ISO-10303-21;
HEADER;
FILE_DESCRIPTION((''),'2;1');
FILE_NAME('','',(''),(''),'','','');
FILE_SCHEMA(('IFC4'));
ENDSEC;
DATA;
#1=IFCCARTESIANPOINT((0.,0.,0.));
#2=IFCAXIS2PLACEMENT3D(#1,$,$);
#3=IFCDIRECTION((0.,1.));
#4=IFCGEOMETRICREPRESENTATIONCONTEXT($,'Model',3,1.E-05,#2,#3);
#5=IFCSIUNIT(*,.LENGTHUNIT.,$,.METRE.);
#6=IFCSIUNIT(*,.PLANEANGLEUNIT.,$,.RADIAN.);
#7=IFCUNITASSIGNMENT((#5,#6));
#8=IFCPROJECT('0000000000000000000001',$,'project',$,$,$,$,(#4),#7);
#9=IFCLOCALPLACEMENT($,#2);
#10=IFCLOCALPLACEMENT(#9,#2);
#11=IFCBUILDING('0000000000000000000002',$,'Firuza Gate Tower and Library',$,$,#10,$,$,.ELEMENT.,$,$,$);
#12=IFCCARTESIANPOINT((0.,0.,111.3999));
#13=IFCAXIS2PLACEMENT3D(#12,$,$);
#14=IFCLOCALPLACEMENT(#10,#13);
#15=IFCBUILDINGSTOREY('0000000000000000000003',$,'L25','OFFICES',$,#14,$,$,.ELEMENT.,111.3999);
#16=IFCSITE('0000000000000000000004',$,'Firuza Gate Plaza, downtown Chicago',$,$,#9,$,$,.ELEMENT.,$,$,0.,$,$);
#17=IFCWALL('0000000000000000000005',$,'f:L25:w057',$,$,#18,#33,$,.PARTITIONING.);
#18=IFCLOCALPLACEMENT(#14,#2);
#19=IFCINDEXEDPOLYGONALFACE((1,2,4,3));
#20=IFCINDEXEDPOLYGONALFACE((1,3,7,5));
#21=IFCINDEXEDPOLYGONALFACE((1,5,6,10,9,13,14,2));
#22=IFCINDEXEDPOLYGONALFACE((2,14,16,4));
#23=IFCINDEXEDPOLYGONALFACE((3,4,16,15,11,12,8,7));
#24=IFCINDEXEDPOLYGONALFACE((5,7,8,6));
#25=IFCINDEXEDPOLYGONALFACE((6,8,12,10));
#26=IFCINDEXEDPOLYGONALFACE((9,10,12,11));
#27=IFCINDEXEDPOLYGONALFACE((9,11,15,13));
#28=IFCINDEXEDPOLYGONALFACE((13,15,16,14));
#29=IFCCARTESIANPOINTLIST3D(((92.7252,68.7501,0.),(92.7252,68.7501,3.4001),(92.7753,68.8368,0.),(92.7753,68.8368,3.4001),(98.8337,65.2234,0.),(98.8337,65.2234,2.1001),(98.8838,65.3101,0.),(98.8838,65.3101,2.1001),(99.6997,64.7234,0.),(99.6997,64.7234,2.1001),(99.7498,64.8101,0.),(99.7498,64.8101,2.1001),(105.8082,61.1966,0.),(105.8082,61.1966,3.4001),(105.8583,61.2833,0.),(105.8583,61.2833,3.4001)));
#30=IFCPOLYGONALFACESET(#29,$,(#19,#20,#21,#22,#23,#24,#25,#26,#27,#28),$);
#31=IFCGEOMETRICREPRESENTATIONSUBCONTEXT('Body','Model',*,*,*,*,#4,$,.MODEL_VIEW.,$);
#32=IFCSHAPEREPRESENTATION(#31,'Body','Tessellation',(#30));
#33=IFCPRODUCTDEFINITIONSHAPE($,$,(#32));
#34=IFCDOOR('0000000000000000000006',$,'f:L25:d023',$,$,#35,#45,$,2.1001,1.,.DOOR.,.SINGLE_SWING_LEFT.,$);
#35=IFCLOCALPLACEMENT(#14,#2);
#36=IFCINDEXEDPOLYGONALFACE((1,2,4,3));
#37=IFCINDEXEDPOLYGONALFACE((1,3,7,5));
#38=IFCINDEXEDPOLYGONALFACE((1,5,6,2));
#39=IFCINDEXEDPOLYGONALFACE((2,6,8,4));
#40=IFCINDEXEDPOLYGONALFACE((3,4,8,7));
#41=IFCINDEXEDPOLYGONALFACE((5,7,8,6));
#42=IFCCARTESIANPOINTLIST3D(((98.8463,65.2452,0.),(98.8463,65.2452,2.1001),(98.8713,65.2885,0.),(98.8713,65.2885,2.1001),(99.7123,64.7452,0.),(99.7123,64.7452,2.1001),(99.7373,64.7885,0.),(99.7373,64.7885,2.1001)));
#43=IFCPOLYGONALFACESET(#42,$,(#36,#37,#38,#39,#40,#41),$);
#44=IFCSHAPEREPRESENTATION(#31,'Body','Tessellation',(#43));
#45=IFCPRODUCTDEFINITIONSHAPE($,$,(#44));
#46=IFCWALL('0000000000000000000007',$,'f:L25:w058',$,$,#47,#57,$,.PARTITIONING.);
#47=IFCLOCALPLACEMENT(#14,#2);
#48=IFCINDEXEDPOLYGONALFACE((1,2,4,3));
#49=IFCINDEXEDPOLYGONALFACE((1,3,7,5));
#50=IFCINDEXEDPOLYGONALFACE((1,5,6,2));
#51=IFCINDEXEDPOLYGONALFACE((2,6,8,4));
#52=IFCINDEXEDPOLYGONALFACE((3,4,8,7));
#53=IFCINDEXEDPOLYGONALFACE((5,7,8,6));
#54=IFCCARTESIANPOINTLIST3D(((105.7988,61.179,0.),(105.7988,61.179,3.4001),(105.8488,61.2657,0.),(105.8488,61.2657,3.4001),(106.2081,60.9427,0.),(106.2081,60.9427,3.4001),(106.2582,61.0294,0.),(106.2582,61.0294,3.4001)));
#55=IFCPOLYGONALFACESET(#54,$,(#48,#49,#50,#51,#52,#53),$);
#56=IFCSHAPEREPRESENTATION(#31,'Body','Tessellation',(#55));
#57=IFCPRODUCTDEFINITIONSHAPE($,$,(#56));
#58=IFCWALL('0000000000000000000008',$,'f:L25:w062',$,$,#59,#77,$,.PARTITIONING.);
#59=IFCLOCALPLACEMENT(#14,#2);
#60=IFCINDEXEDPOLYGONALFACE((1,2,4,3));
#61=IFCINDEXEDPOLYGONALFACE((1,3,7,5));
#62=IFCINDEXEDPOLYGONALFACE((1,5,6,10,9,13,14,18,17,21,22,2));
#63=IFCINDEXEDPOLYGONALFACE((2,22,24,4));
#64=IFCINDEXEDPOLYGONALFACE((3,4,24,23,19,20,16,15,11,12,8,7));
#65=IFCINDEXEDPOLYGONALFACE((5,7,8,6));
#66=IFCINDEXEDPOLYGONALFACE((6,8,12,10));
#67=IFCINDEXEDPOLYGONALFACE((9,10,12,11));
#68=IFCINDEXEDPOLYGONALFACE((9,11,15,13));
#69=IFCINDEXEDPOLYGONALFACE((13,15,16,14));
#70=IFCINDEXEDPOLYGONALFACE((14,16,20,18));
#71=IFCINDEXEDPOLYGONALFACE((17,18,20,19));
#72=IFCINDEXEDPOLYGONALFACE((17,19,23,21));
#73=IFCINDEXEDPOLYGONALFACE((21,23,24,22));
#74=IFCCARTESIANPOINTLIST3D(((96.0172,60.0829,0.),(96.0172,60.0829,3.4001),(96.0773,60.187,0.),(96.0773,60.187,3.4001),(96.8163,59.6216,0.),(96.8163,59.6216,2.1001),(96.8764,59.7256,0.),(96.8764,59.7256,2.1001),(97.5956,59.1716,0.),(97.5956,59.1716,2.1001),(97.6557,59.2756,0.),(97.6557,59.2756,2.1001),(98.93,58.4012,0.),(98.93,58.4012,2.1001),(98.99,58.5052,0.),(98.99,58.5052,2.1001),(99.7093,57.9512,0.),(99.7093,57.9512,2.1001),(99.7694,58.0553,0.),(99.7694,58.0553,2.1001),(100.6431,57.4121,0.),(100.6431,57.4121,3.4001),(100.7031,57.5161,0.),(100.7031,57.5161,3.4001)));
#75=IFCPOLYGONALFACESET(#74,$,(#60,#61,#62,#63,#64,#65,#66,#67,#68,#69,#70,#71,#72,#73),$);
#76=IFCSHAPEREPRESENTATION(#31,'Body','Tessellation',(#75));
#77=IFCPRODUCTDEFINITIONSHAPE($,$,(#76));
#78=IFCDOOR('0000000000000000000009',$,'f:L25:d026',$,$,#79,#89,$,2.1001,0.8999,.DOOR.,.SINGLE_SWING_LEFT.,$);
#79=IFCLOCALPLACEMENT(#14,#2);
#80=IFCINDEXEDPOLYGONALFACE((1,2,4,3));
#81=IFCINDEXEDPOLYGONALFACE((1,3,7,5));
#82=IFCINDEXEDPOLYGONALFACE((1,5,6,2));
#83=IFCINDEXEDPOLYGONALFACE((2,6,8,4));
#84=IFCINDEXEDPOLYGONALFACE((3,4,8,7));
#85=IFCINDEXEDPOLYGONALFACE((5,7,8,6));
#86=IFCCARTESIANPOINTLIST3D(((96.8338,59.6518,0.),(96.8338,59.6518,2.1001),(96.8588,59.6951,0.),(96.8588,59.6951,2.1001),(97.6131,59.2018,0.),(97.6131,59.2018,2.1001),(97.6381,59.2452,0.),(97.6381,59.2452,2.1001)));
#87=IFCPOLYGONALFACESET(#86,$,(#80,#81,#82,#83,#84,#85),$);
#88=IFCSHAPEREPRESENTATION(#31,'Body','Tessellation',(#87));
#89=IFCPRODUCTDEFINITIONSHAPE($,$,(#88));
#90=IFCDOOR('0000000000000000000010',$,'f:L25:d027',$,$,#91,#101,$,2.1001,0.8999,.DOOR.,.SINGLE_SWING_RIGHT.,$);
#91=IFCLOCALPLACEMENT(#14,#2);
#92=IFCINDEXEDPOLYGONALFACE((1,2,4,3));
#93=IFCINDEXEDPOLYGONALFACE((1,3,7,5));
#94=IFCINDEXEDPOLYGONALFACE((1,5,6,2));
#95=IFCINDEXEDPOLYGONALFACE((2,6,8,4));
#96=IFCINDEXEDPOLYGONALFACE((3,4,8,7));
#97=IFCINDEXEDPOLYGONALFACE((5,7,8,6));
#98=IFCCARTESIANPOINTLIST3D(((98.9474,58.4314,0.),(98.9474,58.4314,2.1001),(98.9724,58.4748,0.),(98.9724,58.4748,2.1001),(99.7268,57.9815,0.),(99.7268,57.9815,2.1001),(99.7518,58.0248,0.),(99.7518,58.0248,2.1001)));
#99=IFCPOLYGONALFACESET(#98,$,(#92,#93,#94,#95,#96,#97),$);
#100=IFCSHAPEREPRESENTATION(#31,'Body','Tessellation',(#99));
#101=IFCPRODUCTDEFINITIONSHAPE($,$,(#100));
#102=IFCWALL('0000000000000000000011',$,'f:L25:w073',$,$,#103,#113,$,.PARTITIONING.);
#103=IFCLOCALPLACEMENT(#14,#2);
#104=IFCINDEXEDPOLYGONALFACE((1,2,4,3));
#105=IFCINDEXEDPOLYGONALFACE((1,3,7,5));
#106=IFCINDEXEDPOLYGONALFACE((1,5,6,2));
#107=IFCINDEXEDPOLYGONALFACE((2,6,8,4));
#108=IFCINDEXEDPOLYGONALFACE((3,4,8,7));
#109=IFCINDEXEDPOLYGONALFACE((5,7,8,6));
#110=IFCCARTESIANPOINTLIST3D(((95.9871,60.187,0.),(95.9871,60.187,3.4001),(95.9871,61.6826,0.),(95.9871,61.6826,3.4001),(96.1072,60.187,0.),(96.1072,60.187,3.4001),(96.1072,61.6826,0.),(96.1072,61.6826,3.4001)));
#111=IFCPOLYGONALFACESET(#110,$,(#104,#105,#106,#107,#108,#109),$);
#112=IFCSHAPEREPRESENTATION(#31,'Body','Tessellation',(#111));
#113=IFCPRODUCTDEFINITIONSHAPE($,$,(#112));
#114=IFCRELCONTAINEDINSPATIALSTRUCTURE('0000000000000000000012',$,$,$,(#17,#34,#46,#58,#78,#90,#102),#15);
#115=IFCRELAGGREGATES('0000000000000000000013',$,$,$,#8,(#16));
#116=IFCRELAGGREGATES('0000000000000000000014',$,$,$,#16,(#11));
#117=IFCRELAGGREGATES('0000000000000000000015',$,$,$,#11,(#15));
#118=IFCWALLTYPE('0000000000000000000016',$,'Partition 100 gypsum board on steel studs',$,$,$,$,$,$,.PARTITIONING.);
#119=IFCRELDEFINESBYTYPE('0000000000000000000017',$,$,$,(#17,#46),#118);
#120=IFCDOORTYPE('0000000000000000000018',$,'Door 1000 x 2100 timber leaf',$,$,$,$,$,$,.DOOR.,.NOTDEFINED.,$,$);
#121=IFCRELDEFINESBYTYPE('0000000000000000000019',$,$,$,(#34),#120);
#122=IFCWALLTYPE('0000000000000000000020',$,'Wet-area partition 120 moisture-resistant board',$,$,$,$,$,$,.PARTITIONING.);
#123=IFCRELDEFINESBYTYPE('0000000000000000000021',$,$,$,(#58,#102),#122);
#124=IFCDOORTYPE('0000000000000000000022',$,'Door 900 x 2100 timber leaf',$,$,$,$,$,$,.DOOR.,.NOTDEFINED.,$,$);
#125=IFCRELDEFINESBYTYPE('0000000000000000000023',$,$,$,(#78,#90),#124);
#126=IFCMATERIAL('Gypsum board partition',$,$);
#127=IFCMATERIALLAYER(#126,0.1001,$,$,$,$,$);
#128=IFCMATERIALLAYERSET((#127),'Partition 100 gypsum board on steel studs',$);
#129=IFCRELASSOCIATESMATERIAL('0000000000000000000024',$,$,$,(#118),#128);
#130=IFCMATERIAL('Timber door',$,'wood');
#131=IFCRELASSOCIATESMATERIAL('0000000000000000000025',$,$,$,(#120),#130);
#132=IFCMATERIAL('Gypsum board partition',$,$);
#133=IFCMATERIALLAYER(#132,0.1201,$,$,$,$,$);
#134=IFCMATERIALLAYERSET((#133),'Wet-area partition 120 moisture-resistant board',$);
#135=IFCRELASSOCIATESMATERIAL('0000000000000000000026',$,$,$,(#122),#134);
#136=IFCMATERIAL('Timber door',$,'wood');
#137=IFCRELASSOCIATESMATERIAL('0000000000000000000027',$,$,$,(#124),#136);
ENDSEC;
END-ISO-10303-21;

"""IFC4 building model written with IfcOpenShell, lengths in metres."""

from ifc_helpers import new_model, si_unit, direction, frame, frame_2d, origin, place, context, subcontext, project, spatial, rectangle, extrude, material, layer, layer_set, type_object, element, fill, save


model = new_model("IFC4")

# Units and contexts
model_context = context("Model", 3, precision=1e-05, world=origin(), true_north=direction((0.0, 1.0)))
body_context = subcontext(model_context, "Body", "Model", "MODEL_VIEW")
ifc_project = project(units=[si_unit("LENGTHUNIT", "METRE"), si_unit("PLANEANGLEUNIT", "RADIAN")], contexts=[model_context])

# Site, building, storey
site_placement = place(None, origin())
site = spatial("IfcSite", under=ifc_project, at=site_placement, Name="Firuza Gate Plaza, downtown Chicago", CompositionType="ELEMENT", RefElevation=0.0)
building_placement = place(site_placement, origin())
building = spatial("IfcBuilding", under=site, at=building_placement, Name="Firuza Gate Tower and Library", CompositionType="ELEMENT")
storey_placement = place(building_placement, frame((0.0, 0.0, 111.3999)))
storey = spatial("IfcBuildingStorey", under=building, at=storey_placement, Name="L25", Description="OFFICES", CompositionType="ELEMENT", Elevation=111.3999)

# Wall, opening, door
ifc_material_1 = material(Name="Gypsum board partition")
ifc_layer_1 = layer(ifc_material_1, 0.1001)
ifc_layer_set_1 = layer_set([ifc_layer_1], Name="Partition 100 gypsum board on steel studs")
wall_type_1 = type_object("IfcWallType", Name="Partition 100 gypsum board on steel studs", PredefinedType="PARTITIONING", material=ifc_layer_set_1)
wall_1_placement = place(storey_placement, frame((105.8333, 61.24, 0.0), z_axis=(0.0, 0.0, 1.0), x_axis=(-0.866026, 0.499999, 0.0)))
wall_1 = element("IfcWall", 1, at=wall_1_placement, inside=storey, type_object=wall_type_1, Name="f:L25:w057", PredefinedType="PARTITIONING", context=body_context, shape_type="SweptSolid", body=[
    extrude(rectangle(XDim=15.1069, YDim=0.1001, at=frame_2d((7.5535, 0.0))), origin(), (0.0, 0.0, 1.0), 3.4001),
])
opening_1_placement = place(wall_1_placement, frame((7.0535, 0.0, 0.0)))
opening_1 = element("IfcOpeningElement", 2, at=opening_1_placement, cuts=wall_1, PredefinedType="OPENING", context=body_context, shape_type="SweptSolid", body=[
    extrude(rectangle(XDim=1.0, YDim=2.1001, at=frame_2d((0.5, 1.05))), frame((0.0, 0.0601, 0.0), z_axis=(0.0, -1.0, 0.0), x_axis=(1.0, 0.0, 0.0)), (0.0, 0.0, 1.0), 0.1201),
])
ifc_material_2 = material(Name="Timber door", Category="wood")
door_type_1 = type_object("IfcDoorType", Name="Door 1000 x 2100 timber leaf", OperationType="NOTDEFINED", PredefinedType="DOOR", material=ifc_material_2)
door_1_placement = place(opening_1_placement, origin())
door_1 = element("IfcDoor", 3, at=door_1_placement, inside=storey, type_object=door_type_1, Name="f:L25:d023", OperationType="SINGLE_SWING_LEFT", OverallHeight=2.1001, OverallWidth=1.0, PredefinedType="DOOR", context=body_context, shape_type="SweptSolid", body=[
    extrude(rectangle(XDim=1.0, YDim=2.1001, at=frame_2d((0.5, 1.05))), frame((0.0, 0.0249, 0.0), z_axis=(0.0, -1.0, 0.0), x_axis=(1.0, 0.0, 0.0)), (0.0, 0.0, 1.0), 0.05),
])
fill(opening_1, door_1)

# Wall
wall_2_placement = place(storey_placement, frame((106.2332, 60.9861, 0.0), z_axis=(0.0, 0.0, 1.0), x_axis=(-0.866074, 0.499916, 0.0)))
element("IfcWall", 4, at=wall_2_placement, inside=storey, type_object=wall_type_1, Name="f:L25:w058", PredefinedType="PARTITIONING", context=body_context, shape_type="SweptSolid", body=[
    extrude(rectangle(XDim=0.4727, YDim=0.1001, at=frame_2d((0.2363, 0.0))), origin(), (0.0, 0.0, 1.0), 3.4001),
])

# Wall, openings, doors
ifc_material_3 = material(Name="Gypsum board partition")
ifc_layer_2 = layer(ifc_material_3, 0.1201)
ifc_layer_set_2 = layer_set([ifc_layer_2], Name="Wet-area partition 120 moisture-resistant board")
wall_type_2 = type_object("IfcWallType", Name="Wet-area partition 120 moisture-resistant board", PredefinedType="PARTITIONING", material=ifc_layer_set_2)
wall_3_placement = place(storey_placement, frame((96.0471, 60.135, 0.0), z_axis=(0.0, 0.0, 1.0), x_axis=(0.866018, -0.500013, 0.0)))
wall_3 = element("IfcWall", 5, at=wall_3_placement, inside=storey, type_object=wall_type_2, Name="f:L25:w062", PredefinedType="PARTITIONING", context=body_context, shape_type="SweptSolid", body=[
    extrude(rectangle(XDim=5.3416, YDim=0.1201, at=frame_2d((2.6709, 0.0))), origin(), (0.0, 0.0, 1.0), 3.4001),
])
opening_2_placement = place(wall_3_placement, frame((0.9229, 0.0, 0.0)))
opening_2 = element("IfcOpeningElement", 6, at=opening_2_placement, cuts=wall_3, PredefinedType="OPENING", context=body_context, shape_type="SweptSolid", body=[
    extrude(rectangle(XDim=0.8999, YDim=2.1001, at=frame_2d((0.45, 1.05))), frame((0.0, 0.0701, 0.0), z_axis=(0.0, -1.0, 0.0), x_axis=(1.0, 0.0, 0.0)), (0.0, 0.0, 1.0), 0.1401),
])
opening_3_placement = place(wall_3_placement, frame((3.3635, 0.0, 0.0)))
opening_3 = element("IfcOpeningElement", 7, at=opening_3_placement, cuts=wall_3, PredefinedType="OPENING", context=body_context, shape_type="SweptSolid", body=[
    extrude(rectangle(XDim=0.8999, YDim=2.1001, at=frame_2d((0.45, 1.05))), frame((0.0, 0.0701, 0.0), z_axis=(0.0, -1.0, 0.0), x_axis=(1.0, 0.0, 0.0)), (0.0, 0.0, 1.0), 0.1401),
])
ifc_material_4 = material(Name="Timber door", Category="wood")
door_type_2 = type_object("IfcDoorType", Name="Door 900 x 2100 timber leaf", OperationType="NOTDEFINED", PredefinedType="DOOR", material=ifc_material_4)
door_2_placement = place(opening_2_placement, origin())
door_2 = element("IfcDoor", 8, at=door_2_placement, inside=storey, type_object=door_type_2, Name="f:L25:d026", OperationType="SINGLE_SWING_LEFT", OverallHeight=2.1001, OverallWidth=0.8999, PredefinedType="DOOR", context=body_context, shape_type="SweptSolid", body=[
    extrude(rectangle(XDim=0.8999, YDim=2.1001, at=frame_2d((0.45, 1.05))), frame((0.0, 0.0249, 0.0), z_axis=(0.0, -1.0, 0.0), x_axis=(1.0, 0.0, 0.0)), (0.0, 0.0, 1.0), 0.05),
])
fill(opening_2, door_2)
door_3_placement = place(opening_3_placement, origin())
door_3 = element("IfcDoor", 9, at=door_3_placement, inside=storey, type_object=door_type_2, Name="f:L25:d027", OperationType="SINGLE_SWING_RIGHT", OverallHeight=2.1001, OverallWidth=0.8999, PredefinedType="DOOR", context=body_context, shape_type="SweptSolid", body=[
    extrude(rectangle(XDim=0.8999, YDim=2.1001, at=frame_2d((0.45, 1.05))), frame((0.0, 0.0249, 0.0), z_axis=(0.0, -1.0, 0.0), x_axis=(1.0, 0.0, 0.0)), (0.0, 0.0, 1.0), 0.05),
])
fill(opening_3, door_3)

# Wall
wall_4_placement = place(storey_placement, frame((96.0471, 60.187, 0.0), z_axis=(0.0, 0.0, 1.0), x_axis=(0.0, 1.0, 0.0)))
element("IfcWall", 10, at=wall_4_placement, inside=storey, type_object=wall_type_2, Name="f:L25:w073", PredefinedType="PARTITIONING", context=body_context, shape_type="SweptSolid", body=[
    extrude(rectangle(XDim=1.4956, YDim=0.1201, at=frame_2d((0.7478, 0.0))), origin(), (0.0, 0.0, 1.0), 3.4001),
])

save(model, "model.ifc")
